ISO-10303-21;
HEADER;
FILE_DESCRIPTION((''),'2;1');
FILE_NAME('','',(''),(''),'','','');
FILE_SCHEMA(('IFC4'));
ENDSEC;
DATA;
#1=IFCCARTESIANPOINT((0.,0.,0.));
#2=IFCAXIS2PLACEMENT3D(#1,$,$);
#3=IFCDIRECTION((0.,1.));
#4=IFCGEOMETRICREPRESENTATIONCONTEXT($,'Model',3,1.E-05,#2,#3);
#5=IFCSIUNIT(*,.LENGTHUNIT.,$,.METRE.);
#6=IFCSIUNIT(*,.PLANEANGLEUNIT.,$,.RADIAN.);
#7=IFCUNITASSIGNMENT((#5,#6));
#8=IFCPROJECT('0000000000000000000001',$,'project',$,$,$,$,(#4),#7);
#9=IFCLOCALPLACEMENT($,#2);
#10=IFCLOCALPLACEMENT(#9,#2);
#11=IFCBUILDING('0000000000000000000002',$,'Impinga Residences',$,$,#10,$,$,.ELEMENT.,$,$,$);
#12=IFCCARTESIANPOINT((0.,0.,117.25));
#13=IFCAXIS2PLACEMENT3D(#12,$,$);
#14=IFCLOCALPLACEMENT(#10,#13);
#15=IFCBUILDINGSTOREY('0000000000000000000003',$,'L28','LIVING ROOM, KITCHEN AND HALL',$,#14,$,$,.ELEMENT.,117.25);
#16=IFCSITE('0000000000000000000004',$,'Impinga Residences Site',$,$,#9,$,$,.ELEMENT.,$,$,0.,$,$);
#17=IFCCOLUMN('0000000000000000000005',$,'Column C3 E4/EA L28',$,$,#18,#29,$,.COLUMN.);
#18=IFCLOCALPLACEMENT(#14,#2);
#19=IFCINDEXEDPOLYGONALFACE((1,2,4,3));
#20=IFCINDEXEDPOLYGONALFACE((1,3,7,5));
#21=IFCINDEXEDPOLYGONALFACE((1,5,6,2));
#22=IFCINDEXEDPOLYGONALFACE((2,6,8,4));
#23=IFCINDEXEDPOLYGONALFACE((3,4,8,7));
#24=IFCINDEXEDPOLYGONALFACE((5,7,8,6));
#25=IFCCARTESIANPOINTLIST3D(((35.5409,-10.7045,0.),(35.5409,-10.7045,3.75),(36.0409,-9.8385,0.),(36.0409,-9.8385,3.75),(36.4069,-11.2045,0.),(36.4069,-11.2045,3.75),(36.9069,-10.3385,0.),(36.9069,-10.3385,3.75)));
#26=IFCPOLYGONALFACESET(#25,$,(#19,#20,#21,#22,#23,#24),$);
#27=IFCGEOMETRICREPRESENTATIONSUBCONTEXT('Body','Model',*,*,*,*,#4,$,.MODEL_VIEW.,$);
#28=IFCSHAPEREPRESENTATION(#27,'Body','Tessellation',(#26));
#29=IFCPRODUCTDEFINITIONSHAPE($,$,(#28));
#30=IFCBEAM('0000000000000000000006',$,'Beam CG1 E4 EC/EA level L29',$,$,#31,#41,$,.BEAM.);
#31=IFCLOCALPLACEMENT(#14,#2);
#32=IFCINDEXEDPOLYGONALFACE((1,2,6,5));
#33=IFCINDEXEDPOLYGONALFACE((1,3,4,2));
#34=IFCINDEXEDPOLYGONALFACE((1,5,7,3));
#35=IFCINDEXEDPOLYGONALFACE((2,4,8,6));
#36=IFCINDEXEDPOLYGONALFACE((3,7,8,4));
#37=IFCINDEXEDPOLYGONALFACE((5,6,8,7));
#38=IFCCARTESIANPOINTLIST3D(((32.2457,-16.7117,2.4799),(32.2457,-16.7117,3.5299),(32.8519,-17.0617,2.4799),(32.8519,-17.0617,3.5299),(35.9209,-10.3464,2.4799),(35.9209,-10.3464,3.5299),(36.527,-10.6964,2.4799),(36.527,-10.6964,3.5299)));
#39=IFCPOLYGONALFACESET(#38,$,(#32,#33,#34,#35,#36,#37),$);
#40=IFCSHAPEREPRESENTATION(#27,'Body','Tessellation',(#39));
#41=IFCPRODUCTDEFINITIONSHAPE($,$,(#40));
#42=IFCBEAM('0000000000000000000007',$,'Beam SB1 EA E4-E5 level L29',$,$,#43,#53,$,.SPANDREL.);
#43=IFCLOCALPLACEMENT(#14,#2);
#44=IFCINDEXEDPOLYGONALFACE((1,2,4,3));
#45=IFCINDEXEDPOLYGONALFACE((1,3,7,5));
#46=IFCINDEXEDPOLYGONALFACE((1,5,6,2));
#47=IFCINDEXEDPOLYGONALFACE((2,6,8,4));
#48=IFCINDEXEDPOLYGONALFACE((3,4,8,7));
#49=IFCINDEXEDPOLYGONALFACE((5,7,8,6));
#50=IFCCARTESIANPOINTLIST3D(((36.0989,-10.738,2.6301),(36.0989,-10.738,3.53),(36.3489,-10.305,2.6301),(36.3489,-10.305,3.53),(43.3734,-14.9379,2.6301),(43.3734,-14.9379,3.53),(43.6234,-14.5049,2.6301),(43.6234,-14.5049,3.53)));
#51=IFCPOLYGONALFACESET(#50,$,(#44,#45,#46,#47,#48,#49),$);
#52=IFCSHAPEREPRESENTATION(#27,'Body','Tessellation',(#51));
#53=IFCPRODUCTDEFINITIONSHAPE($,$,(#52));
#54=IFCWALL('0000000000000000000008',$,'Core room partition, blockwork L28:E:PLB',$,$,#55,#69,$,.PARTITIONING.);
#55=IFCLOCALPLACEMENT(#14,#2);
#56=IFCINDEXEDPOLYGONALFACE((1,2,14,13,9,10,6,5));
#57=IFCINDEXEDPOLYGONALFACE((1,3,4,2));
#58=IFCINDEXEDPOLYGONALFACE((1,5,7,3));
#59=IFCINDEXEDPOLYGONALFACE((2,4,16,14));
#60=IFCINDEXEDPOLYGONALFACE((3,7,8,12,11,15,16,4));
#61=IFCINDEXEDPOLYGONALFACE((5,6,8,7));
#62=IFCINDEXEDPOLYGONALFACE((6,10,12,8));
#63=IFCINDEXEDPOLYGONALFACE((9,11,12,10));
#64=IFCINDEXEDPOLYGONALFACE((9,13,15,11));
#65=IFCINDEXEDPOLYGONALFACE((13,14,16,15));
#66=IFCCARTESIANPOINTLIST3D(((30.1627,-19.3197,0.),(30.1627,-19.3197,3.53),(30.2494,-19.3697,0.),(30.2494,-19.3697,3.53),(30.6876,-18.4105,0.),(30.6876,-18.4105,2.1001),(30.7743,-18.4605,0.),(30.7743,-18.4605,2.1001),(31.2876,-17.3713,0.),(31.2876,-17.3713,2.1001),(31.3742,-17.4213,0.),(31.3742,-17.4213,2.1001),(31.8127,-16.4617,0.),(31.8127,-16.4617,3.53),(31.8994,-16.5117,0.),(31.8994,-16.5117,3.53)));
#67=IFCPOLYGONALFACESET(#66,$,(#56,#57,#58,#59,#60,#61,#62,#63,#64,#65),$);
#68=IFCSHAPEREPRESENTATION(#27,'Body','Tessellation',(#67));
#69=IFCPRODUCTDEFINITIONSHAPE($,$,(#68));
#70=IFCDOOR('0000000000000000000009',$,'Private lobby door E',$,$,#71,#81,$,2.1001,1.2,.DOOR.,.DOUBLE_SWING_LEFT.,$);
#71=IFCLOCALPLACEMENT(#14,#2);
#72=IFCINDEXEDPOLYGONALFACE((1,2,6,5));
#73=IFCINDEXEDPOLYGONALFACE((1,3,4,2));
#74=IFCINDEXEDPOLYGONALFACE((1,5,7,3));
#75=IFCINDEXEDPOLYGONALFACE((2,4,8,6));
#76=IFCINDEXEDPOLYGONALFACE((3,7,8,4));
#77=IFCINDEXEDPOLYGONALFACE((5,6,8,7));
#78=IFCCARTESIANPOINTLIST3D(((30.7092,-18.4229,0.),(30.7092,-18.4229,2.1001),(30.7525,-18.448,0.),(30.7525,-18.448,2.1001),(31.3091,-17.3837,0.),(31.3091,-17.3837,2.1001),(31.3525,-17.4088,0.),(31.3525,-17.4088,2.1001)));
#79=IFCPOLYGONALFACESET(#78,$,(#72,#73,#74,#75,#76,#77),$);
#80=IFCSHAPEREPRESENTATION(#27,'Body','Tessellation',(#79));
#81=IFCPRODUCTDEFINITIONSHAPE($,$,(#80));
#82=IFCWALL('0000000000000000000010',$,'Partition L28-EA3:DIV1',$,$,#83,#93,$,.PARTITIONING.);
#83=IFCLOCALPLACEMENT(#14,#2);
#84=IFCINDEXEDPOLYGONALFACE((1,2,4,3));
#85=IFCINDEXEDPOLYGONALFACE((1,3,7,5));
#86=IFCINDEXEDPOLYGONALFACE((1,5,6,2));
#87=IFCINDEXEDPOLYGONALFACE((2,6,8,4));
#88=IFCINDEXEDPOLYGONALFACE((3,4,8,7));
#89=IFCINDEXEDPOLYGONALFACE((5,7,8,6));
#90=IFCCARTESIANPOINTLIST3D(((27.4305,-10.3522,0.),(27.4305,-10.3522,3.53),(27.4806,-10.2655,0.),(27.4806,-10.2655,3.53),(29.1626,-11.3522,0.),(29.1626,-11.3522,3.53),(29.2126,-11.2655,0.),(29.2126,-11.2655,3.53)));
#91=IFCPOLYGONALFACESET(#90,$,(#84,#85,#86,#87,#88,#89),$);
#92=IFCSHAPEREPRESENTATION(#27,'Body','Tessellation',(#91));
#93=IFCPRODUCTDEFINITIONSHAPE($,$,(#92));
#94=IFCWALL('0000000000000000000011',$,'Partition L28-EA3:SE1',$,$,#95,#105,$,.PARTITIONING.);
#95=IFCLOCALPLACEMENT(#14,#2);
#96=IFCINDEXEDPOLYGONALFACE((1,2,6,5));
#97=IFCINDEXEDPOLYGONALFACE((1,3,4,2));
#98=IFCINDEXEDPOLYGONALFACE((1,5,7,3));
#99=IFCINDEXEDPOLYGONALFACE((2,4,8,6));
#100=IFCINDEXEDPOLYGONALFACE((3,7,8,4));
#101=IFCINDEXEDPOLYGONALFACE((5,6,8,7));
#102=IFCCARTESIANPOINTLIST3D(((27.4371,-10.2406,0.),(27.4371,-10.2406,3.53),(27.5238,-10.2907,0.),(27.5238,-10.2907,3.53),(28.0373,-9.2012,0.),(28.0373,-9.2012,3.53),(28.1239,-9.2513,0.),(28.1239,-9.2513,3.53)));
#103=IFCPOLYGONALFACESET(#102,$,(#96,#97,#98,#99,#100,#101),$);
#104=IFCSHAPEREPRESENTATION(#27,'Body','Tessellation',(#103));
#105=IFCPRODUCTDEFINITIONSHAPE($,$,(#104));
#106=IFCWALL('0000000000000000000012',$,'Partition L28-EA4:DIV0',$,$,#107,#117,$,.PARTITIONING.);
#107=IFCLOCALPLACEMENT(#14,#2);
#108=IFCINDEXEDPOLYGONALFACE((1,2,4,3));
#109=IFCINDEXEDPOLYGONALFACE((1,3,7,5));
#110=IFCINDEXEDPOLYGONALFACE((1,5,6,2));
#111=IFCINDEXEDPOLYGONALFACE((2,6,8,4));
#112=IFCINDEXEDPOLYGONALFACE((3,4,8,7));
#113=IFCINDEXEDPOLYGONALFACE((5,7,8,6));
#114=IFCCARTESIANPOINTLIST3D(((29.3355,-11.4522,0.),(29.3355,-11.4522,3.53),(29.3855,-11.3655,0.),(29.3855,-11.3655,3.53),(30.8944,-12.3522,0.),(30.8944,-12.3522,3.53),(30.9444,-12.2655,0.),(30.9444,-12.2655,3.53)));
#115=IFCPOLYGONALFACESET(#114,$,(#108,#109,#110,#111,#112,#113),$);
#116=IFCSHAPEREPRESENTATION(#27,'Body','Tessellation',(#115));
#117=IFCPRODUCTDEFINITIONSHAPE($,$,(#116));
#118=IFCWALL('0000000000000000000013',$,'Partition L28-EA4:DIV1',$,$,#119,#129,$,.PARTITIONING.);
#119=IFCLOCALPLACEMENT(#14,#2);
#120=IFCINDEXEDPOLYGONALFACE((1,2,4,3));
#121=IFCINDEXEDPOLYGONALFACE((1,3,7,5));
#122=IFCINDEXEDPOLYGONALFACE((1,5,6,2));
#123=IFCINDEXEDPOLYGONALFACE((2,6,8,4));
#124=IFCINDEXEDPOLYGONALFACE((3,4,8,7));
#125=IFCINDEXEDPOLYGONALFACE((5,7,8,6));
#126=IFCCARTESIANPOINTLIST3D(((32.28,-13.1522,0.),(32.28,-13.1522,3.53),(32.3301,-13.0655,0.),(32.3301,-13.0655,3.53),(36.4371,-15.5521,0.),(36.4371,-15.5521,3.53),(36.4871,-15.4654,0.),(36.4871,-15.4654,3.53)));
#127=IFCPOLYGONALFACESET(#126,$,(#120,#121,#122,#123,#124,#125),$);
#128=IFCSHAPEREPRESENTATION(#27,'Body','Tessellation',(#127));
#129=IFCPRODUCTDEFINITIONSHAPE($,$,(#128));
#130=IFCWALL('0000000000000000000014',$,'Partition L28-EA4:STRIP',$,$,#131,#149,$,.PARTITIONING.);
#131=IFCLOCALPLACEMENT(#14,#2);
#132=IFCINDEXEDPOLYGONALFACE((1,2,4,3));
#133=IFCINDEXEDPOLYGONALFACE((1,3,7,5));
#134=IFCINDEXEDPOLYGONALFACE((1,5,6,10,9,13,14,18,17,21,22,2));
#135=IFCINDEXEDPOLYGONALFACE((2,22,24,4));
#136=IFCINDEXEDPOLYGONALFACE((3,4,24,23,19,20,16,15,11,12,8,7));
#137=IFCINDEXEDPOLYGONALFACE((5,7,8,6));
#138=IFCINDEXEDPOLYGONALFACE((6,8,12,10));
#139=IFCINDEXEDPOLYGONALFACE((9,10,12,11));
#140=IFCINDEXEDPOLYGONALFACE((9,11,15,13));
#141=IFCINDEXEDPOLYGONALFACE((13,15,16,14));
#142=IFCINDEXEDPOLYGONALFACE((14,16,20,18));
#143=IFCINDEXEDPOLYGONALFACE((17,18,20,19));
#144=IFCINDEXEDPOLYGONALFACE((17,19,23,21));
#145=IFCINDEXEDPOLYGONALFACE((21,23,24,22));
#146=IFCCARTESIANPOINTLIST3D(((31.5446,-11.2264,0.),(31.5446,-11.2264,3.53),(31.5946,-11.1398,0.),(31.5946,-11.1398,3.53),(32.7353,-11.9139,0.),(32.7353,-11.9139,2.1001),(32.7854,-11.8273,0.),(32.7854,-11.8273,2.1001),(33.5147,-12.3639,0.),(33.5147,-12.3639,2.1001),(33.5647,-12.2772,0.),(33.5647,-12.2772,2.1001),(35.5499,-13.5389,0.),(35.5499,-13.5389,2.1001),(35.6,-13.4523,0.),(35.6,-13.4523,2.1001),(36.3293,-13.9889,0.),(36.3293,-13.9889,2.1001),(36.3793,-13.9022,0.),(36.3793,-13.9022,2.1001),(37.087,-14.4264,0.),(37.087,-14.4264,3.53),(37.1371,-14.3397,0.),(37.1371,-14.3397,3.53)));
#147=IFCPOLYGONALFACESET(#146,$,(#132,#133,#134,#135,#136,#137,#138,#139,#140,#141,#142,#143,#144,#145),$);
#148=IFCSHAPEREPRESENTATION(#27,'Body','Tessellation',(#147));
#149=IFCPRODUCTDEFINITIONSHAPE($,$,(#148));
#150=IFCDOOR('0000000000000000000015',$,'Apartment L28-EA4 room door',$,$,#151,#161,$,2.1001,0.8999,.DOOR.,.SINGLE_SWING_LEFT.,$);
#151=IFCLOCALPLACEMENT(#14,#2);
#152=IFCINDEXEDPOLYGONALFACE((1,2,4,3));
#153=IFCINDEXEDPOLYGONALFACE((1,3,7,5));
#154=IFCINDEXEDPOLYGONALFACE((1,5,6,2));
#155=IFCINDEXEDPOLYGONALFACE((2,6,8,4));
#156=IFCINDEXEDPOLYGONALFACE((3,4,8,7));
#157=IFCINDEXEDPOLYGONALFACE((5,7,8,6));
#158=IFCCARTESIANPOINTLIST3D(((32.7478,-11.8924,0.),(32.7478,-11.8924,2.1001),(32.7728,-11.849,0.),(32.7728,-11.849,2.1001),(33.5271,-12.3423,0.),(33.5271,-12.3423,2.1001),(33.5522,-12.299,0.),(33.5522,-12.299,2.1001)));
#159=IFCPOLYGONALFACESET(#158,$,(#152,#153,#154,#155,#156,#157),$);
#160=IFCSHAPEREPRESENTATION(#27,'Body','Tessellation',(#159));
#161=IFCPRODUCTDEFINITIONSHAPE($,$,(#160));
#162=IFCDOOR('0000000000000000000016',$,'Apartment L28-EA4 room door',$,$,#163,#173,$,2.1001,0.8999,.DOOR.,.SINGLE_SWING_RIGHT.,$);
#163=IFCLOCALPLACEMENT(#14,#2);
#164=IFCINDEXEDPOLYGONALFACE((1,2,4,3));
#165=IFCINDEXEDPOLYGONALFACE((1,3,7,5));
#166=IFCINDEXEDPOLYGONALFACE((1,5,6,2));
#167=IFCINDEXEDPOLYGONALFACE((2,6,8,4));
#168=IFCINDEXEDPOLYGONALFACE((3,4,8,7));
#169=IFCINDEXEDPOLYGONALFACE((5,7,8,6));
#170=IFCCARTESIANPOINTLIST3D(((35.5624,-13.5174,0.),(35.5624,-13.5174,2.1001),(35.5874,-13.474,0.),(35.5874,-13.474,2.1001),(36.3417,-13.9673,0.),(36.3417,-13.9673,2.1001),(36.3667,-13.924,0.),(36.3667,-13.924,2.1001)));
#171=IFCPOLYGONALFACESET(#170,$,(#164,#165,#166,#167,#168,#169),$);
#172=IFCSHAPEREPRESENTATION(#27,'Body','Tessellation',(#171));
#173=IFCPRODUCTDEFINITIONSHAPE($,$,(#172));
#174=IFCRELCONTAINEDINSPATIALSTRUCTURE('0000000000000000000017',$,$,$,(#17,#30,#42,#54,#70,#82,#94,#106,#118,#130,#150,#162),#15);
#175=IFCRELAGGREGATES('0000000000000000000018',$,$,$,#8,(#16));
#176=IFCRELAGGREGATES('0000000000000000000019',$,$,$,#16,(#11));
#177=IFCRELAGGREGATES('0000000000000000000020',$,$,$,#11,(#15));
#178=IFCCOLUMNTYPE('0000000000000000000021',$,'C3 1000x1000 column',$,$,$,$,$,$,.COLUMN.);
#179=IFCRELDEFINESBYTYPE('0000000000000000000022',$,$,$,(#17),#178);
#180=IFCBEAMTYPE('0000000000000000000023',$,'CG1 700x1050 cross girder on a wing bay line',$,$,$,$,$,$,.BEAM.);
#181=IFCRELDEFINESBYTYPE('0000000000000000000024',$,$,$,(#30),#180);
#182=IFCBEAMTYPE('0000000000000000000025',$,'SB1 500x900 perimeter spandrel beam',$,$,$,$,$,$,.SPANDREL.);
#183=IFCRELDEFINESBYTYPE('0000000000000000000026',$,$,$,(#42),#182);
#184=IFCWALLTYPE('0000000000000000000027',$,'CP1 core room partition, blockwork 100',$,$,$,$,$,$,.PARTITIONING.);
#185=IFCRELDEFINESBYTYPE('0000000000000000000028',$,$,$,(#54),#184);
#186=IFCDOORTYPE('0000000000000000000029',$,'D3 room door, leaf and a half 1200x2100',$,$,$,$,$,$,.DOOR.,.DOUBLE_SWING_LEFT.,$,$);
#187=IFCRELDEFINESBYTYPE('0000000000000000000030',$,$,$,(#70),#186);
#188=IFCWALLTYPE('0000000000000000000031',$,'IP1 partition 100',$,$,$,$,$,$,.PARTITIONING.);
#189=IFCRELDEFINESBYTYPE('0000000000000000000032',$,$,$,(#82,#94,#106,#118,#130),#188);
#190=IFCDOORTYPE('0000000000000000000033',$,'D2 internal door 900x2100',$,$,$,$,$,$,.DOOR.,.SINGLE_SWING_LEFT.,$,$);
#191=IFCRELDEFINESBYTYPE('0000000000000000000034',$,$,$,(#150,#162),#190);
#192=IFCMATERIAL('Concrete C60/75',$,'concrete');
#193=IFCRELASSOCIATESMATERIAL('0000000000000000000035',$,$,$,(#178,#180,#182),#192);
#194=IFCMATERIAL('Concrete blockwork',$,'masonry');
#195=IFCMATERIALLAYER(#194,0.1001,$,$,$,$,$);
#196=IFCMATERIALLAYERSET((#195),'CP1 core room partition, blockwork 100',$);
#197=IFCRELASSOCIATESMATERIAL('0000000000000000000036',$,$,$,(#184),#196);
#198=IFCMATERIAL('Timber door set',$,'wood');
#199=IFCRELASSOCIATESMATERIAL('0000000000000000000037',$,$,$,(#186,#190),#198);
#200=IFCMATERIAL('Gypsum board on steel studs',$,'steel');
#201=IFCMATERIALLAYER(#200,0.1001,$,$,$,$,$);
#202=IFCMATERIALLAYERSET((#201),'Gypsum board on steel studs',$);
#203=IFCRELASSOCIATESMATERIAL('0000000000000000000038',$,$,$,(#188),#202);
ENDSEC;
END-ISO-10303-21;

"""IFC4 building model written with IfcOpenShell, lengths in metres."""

from ifc_helpers import new_model, si_unit, direction, frame, frame_2d, origin, origin_2d, place, context, subcontext, project, spatial, rectangle, extrude, material, layer, layer_set, material_profile, profile_set, type_object, element, fill, save


model = new_model("IFC4")

# Units and contexts
model_context = context("Model", 3, precision=1e-05, world=origin(), true_north=direction((0.0, 1.0)))
body_context = subcontext(model_context, "Body", "Model", "MODEL_VIEW")
ifc_project = project(units=[si_unit("LENGTHUNIT", "METRE"), si_unit("PLANEANGLEUNIT", "RADIAN")], contexts=[model_context])

# Site, building, storey
site_placement = place(None, origin())
site = spatial("IfcSite", under=ifc_project, at=site_placement, Name="Impinga Residences Site", CompositionType="ELEMENT", RefElevation=0.0)
building_placement = place(site_placement, origin())
building = spatial("IfcBuilding", under=site, at=building_placement, Name="Impinga Residences", CompositionType="ELEMENT")
storey_placement = place(building_placement, frame((0.0, 0.0, 117.25)))
storey = spatial("IfcBuildingStorey", under=building, at=storey_placement, Name="L28", Description="LIVING ROOM, KITCHEN AND HALL", CompositionType="ELEMENT", Elevation=117.25)

# Column
ifc_material_1 = material(Name="Concrete C60/75", Category="concrete")
ifc_material_profile_1 = material_profile(ifc_material_1, rectangle(XDim=1.0, YDim=1.0, at=origin_2d()), Name="RC 1000x1000")
ifc_profile_set_1 = profile_set([ifc_material_profile_1], Name="Concrete C60/75")
column_type = type_object("IfcColumnType", Name="C3 1000x1000 column", PredefinedType="COLUMN", material=ifc_profile_set_1)
column_placement = place(storey_placement, frame((36.2239, -10.5215, 0.0), z_axis=(0.0, 0.0, 1.0), x_axis=(-0.5, -0.866025, 0.0)))
element("IfcColumn", 1, at=column_placement, inside=storey, type_object=column_type, Name="Column C3 E4/EA L28", PredefinedType="COLUMN", context=body_context, shape_type="SweptSolid", body=[
    extrude(rectangle(XDim=1.0, YDim=1.0, at=origin_2d()), origin(), (0.0, 0.0, 1.0), 3.75),
])

# Beams
ifc_material_profile_2 = material_profile(ifc_material_1, rectangle(XDim=0.7, YDim=1.05, at=origin_2d()), Name="RC 700x1050")
ifc_profile_set_2 = profile_set([ifc_material_profile_2], Name="Concrete C60/75")
beam_type_1 = type_object("IfcBeamType", Name="CG1 700x1050 cross girder on a wing bay line", PredefinedType="BEAM", material=ifc_profile_set_2)
beam_1_placement = place(storey_placement, frame((32.5488, -16.8867, 3.0049), z_axis=(0.500008, 0.866021, 0.0), x_axis=(-0.866021, 0.500008, 0.0)))
element("IfcBeam", 2, at=beam_1_placement, inside=storey, type_object=beam_type_1, Name="Beam CG1 E4 EC/EA level L29", PredefinedType="BEAM", context=body_context, shape_type="SweptSolid", body=[
    extrude(rectangle(XDim=0.7, YDim=1.05, at=origin_2d()), origin(), (0.0, 0.0, 1.0), 7.3501),
])
ifc_material_profile_3 = material_profile(ifc_material_1, rectangle(XDim=0.5, YDim=0.8999, at=origin_2d()), Name="RC 500x900")
ifc_profile_set_3 = profile_set([ifc_material_profile_3], Name="Concrete C60/75")
beam_type_2 = type_object("IfcBeamType", Name="SB1 500x900 perimeter spandrel beam", PredefinedType="SPANDREL", material=ifc_profile_set_3)
beam_2_placement = place(storey_placement, frame((36.2239, -10.5215, 3.0801), z_axis=(0.866029, -0.499993, 0.0), x_axis=(0.499993, 0.866029, 0.0)))
element("IfcBeam", 3, at=beam_2_placement, inside=storey, type_object=beam_type_2, Name="Beam SB1 EA E4-E5 level L29", PredefinedType="SPANDREL", context=body_context, shape_type="SweptSolid", body=[
    extrude(rectangle(XDim=0.5, YDim=0.8999, at=origin_2d()), origin(), (0.0, 0.0, 1.0), 8.3999),
])

# Wall, opening, door
ifc_material_2 = material(Name="Concrete blockwork", Category="masonry")
ifc_layer_1 = layer(ifc_material_2, 0.1001)
ifc_layer_set_1 = layer_set([ifc_layer_1], Name="CP1 core room partition, blockwork 100")
wall_type_1 = type_object("IfcWallType", Name="CP1 core room partition, blockwork 100", PredefinedType="PARTITIONING", material=ifc_layer_set_1)
wall_1_placement = place(storey_placement, frame((31.856, -16.4868, 0.0), z_axis=(0.0, 0.0, 1.0), x_axis=(-0.499974, -0.86604, 0.0)))
wall_1 = element("IfcWall", 4, at=wall_1_placement, inside=storey, type_object=wall_type_1, Name="Core room partition, blockwork L28:E:PLB", PredefinedType="PARTITIONING", context=body_context, shape_type="SweptSolid", body=[
    extrude(rectangle(XDim=3.3, YDim=0.1001, at=frame_2d((1.6499, 0.0))), origin(), (0.0, 0.0, 1.0), 3.53),
])
opening_1_placement = place(wall_1_placement, frame((1.05, 0.0, 0.0)))
opening_1 = element("IfcOpeningElement", 5, at=opening_1_placement, cuts=wall_1, PredefinedType="OPENING", context=body_context, shape_type="SweptSolid", body=[
    extrude(rectangle(XDim=1.2, YDim=2.1001, at=frame_2d((0.6001, 1.05))), frame((0.0, 0.0601, 0.0), z_axis=(0.0, -1.0, 0.0), x_axis=(1.0, 0.0, 0.0)), (0.0, 0.0, 1.0), 0.1201),
])
ifc_material_3 = material(Name="Timber door set", Category="wood")
door_type_1 = type_object("IfcDoorType", Name="D3 room door, leaf and a half 1200x2100", OperationType="DOUBLE_SWING_LEFT", PredefinedType="DOOR", material=ifc_material_3)
door_1_placement = place(opening_1_placement, origin())
door_1 = element("IfcDoor", 6, at=door_1_placement, inside=storey, type_object=door_type_1, Name="Private lobby door E", OperationType="DOUBLE_SWING_LEFT", OverallHeight=2.1001, OverallWidth=1.2, PredefinedType="DOOR", context=body_context, shape_type="SweptSolid", body=[
    extrude(rectangle(XDim=1.2, YDim=2.1001, at=frame_2d((0.6001, 1.05))), frame((0.0, 0.0249, 0.0), z_axis=(0.0, -1.0, 0.0), x_axis=(1.0, 0.0, 0.0)), (0.0, 0.0, 1.0), 0.05),
])
fill(opening_1, door_1)

# Walls
ifc_material_4 = material(Name="Gypsum board on steel studs", Category="steel")
ifc_layer_2 = layer(ifc_material_4, 0.1001)
ifc_layer_set_2 = layer_set([ifc_layer_2], Name="Gypsum board on steel studs")
wall_type_2 = type_object("IfcWallType", Name="IP1 partition 100", PredefinedType="PARTITIONING", material=ifc_layer_set_2)
wall_2_placement = place(storey_placement, frame((27.4556, -10.3088, 0.0), z_axis=(0.0, 0.0, 1.0), x_axis=(0.866011, -0.500025, 0.0)))
element("IfcWall", 7, at=wall_2_placement, inside=storey, type_object=wall_type_2, Name="Partition L28-EA3:DIV1", PredefinedType="PARTITIONING", context=body_context, shape_type="SweptSolid", body=[
    extrude(rectangle(XDim=2.0, YDim=0.1001, at=frame_2d((1.0, 0.0))), origin(), (0.0, 0.0, 1.0), 3.53),
])
wall_3_placement = place(storey_placement, frame((27.4805, -10.2656, 0.0), z_axis=(0.0, 0.0, 1.0), x_axis=(0.500034, 0.866006, 0.0)))
element("IfcWall", 8, at=wall_3_placement, inside=storey, type_object=wall_type_2, Name="Partition L28-EA3:SE1", PredefinedType="PARTITIONING", context=body_context, shape_type="SweptSolid", body=[
    extrude(rectangle(XDim=1.2002, YDim=0.1001, at=frame_2d((0.6001, 0.0))), origin(), (0.0, 0.0, 1.0), 3.53),
])
wall_4_placement = place(storey_placement, frame((29.3606, -11.4089, 0.0), z_axis=(0.0, 0.0, 1.0), x_axis=(0.866048, -0.499961, 0.0)))
element("IfcWall", 9, at=wall_4_placement, inside=storey, type_object=wall_type_2, Name="Partition L28-EA4:DIV0", PredefinedType="PARTITIONING", context=body_context, shape_type="SweptSolid", body=[
    extrude(rectangle(XDim=1.8, YDim=0.1001, at=frame_2d((0.8999, 0.0))), origin(), (0.0, 0.0, 1.0), 3.53),
])
wall_5_placement = place(storey_placement, frame((32.3052, -13.1089, 0.0), z_axis=(0.0, 0.0, 1.0), x_axis=(0.866037, -0.499979, 0.0)))
element("IfcWall", 10, at=wall_5_placement, inside=storey, type_object=wall_type_2, Name="Partition L28-EA4:DIV1", PredefinedType="PARTITIONING", context=body_context, shape_type="SweptSolid", body=[
    extrude(rectangle(XDim=4.8, YDim=0.1001, at=frame_2d((2.3999, 0.0))), origin(), (0.0, 0.0, 1.0), 3.53),
])

# Wall, openings, doors
wall_6_placement = place(storey_placement, frame((31.5696, -11.1831, 0.0), z_axis=(0.0, 0.0, 1.0), x_axis=(0.866025, -0.5, 0.0)))
wall_6 = element("IfcWall", 11, at=wall_6_placement, inside=storey, type_object=wall_type_2, Name="Partition L28-EA4:STRIP", PredefinedType="PARTITIONING", context=body_context, shape_type="SweptSolid", body=[
    extrude(rectangle(XDim=6.3999, YDim=0.1001, at=frame_2d((3.2, 0.0))), origin(), (0.0, 0.0, 1.0), 3.53),
])
opening_2_placement = place(wall_6_placement, frame((1.375, 0.0, 0.0)))
opening_2 = element("IfcOpeningElement", 12, at=opening_2_placement, cuts=wall_6, PredefinedType="OPENING", context=body_context, shape_type="SweptSolid", body=[
    extrude(rectangle(XDim=0.8999, YDim=2.1001, at=frame_2d((0.45, 1.05))), frame((0.0, 0.0601, 0.0), z_axis=(0.0, -1.0, 0.0), x_axis=(1.0, 0.0, 0.0)), (0.0, 0.0, 1.0), 0.1201),
])
opening_3_placement = place(wall_6_placement, frame((4.625, 0.0, 0.0)))
opening_3 = element("IfcOpeningElement", 13, at=opening_3_placement, cuts=wall_6, PredefinedType="OPENING", context=body_context, shape_type="SweptSolid", body=[
    extrude(rectangle(XDim=0.8999, YDim=2.1001, at=frame_2d((0.45, 1.05))), frame((0.0, 0.0601, 0.0), z_axis=(0.0, -1.0, 0.0), x_axis=(1.0, 0.0, 0.0)), (0.0, 0.0, 1.0), 0.1201),
])
door_type_2 = type_object("IfcDoorType", Name="D2 internal door 900x2100", OperationType="SINGLE_SWING_LEFT", PredefinedType="DOOR", material=ifc_material_3)
door_2_placement = place(opening_2_placement, origin())
door_2 = element("IfcDoor", 14, at=door_2_placement, inside=storey, type_object=door_type_2, Name="Apartment L28-EA4 room door", OperationType="SINGLE_SWING_LEFT", OverallHeight=2.1001, OverallWidth=0.8999, PredefinedType="DOOR", context=body_context, shape_type="SweptSolid", body=[
    extrude(rectangle(XDim=0.8999, YDim=2.1001, at=frame_2d((0.45, 1.05))), frame((0.0, 0.0249, 0.0), z_axis=(0.0, -1.0, 0.0), x_axis=(1.0, 0.0, 0.0)), (0.0, 0.0, 1.0), 0.05),
])
fill(opening_2, door_2)
door_3_placement = place(opening_3_placement, origin())
door_3 = element("IfcDoor", 15, at=door_3_placement, inside=storey, type_object=door_type_2, Name="Apartment L28-EA4 room door", OperationType="SINGLE_SWING_RIGHT", OverallHeight=2.1001, OverallWidth=0.8999, PredefinedType="DOOR", context=body_context, shape_type="SweptSolid", body=[
    extrude(rectangle(XDim=0.8999, YDim=2.1001, at=frame_2d((0.45, 1.05))), frame((0.0, 0.0249, 0.0), z_axis=(0.0, -1.0, 0.0), x_axis=(1.0, 0.0, 0.0)), (0.0, 0.0, 1.0), 0.05),
])
fill(opening_3, door_3)

save(model, "model.ifc")
